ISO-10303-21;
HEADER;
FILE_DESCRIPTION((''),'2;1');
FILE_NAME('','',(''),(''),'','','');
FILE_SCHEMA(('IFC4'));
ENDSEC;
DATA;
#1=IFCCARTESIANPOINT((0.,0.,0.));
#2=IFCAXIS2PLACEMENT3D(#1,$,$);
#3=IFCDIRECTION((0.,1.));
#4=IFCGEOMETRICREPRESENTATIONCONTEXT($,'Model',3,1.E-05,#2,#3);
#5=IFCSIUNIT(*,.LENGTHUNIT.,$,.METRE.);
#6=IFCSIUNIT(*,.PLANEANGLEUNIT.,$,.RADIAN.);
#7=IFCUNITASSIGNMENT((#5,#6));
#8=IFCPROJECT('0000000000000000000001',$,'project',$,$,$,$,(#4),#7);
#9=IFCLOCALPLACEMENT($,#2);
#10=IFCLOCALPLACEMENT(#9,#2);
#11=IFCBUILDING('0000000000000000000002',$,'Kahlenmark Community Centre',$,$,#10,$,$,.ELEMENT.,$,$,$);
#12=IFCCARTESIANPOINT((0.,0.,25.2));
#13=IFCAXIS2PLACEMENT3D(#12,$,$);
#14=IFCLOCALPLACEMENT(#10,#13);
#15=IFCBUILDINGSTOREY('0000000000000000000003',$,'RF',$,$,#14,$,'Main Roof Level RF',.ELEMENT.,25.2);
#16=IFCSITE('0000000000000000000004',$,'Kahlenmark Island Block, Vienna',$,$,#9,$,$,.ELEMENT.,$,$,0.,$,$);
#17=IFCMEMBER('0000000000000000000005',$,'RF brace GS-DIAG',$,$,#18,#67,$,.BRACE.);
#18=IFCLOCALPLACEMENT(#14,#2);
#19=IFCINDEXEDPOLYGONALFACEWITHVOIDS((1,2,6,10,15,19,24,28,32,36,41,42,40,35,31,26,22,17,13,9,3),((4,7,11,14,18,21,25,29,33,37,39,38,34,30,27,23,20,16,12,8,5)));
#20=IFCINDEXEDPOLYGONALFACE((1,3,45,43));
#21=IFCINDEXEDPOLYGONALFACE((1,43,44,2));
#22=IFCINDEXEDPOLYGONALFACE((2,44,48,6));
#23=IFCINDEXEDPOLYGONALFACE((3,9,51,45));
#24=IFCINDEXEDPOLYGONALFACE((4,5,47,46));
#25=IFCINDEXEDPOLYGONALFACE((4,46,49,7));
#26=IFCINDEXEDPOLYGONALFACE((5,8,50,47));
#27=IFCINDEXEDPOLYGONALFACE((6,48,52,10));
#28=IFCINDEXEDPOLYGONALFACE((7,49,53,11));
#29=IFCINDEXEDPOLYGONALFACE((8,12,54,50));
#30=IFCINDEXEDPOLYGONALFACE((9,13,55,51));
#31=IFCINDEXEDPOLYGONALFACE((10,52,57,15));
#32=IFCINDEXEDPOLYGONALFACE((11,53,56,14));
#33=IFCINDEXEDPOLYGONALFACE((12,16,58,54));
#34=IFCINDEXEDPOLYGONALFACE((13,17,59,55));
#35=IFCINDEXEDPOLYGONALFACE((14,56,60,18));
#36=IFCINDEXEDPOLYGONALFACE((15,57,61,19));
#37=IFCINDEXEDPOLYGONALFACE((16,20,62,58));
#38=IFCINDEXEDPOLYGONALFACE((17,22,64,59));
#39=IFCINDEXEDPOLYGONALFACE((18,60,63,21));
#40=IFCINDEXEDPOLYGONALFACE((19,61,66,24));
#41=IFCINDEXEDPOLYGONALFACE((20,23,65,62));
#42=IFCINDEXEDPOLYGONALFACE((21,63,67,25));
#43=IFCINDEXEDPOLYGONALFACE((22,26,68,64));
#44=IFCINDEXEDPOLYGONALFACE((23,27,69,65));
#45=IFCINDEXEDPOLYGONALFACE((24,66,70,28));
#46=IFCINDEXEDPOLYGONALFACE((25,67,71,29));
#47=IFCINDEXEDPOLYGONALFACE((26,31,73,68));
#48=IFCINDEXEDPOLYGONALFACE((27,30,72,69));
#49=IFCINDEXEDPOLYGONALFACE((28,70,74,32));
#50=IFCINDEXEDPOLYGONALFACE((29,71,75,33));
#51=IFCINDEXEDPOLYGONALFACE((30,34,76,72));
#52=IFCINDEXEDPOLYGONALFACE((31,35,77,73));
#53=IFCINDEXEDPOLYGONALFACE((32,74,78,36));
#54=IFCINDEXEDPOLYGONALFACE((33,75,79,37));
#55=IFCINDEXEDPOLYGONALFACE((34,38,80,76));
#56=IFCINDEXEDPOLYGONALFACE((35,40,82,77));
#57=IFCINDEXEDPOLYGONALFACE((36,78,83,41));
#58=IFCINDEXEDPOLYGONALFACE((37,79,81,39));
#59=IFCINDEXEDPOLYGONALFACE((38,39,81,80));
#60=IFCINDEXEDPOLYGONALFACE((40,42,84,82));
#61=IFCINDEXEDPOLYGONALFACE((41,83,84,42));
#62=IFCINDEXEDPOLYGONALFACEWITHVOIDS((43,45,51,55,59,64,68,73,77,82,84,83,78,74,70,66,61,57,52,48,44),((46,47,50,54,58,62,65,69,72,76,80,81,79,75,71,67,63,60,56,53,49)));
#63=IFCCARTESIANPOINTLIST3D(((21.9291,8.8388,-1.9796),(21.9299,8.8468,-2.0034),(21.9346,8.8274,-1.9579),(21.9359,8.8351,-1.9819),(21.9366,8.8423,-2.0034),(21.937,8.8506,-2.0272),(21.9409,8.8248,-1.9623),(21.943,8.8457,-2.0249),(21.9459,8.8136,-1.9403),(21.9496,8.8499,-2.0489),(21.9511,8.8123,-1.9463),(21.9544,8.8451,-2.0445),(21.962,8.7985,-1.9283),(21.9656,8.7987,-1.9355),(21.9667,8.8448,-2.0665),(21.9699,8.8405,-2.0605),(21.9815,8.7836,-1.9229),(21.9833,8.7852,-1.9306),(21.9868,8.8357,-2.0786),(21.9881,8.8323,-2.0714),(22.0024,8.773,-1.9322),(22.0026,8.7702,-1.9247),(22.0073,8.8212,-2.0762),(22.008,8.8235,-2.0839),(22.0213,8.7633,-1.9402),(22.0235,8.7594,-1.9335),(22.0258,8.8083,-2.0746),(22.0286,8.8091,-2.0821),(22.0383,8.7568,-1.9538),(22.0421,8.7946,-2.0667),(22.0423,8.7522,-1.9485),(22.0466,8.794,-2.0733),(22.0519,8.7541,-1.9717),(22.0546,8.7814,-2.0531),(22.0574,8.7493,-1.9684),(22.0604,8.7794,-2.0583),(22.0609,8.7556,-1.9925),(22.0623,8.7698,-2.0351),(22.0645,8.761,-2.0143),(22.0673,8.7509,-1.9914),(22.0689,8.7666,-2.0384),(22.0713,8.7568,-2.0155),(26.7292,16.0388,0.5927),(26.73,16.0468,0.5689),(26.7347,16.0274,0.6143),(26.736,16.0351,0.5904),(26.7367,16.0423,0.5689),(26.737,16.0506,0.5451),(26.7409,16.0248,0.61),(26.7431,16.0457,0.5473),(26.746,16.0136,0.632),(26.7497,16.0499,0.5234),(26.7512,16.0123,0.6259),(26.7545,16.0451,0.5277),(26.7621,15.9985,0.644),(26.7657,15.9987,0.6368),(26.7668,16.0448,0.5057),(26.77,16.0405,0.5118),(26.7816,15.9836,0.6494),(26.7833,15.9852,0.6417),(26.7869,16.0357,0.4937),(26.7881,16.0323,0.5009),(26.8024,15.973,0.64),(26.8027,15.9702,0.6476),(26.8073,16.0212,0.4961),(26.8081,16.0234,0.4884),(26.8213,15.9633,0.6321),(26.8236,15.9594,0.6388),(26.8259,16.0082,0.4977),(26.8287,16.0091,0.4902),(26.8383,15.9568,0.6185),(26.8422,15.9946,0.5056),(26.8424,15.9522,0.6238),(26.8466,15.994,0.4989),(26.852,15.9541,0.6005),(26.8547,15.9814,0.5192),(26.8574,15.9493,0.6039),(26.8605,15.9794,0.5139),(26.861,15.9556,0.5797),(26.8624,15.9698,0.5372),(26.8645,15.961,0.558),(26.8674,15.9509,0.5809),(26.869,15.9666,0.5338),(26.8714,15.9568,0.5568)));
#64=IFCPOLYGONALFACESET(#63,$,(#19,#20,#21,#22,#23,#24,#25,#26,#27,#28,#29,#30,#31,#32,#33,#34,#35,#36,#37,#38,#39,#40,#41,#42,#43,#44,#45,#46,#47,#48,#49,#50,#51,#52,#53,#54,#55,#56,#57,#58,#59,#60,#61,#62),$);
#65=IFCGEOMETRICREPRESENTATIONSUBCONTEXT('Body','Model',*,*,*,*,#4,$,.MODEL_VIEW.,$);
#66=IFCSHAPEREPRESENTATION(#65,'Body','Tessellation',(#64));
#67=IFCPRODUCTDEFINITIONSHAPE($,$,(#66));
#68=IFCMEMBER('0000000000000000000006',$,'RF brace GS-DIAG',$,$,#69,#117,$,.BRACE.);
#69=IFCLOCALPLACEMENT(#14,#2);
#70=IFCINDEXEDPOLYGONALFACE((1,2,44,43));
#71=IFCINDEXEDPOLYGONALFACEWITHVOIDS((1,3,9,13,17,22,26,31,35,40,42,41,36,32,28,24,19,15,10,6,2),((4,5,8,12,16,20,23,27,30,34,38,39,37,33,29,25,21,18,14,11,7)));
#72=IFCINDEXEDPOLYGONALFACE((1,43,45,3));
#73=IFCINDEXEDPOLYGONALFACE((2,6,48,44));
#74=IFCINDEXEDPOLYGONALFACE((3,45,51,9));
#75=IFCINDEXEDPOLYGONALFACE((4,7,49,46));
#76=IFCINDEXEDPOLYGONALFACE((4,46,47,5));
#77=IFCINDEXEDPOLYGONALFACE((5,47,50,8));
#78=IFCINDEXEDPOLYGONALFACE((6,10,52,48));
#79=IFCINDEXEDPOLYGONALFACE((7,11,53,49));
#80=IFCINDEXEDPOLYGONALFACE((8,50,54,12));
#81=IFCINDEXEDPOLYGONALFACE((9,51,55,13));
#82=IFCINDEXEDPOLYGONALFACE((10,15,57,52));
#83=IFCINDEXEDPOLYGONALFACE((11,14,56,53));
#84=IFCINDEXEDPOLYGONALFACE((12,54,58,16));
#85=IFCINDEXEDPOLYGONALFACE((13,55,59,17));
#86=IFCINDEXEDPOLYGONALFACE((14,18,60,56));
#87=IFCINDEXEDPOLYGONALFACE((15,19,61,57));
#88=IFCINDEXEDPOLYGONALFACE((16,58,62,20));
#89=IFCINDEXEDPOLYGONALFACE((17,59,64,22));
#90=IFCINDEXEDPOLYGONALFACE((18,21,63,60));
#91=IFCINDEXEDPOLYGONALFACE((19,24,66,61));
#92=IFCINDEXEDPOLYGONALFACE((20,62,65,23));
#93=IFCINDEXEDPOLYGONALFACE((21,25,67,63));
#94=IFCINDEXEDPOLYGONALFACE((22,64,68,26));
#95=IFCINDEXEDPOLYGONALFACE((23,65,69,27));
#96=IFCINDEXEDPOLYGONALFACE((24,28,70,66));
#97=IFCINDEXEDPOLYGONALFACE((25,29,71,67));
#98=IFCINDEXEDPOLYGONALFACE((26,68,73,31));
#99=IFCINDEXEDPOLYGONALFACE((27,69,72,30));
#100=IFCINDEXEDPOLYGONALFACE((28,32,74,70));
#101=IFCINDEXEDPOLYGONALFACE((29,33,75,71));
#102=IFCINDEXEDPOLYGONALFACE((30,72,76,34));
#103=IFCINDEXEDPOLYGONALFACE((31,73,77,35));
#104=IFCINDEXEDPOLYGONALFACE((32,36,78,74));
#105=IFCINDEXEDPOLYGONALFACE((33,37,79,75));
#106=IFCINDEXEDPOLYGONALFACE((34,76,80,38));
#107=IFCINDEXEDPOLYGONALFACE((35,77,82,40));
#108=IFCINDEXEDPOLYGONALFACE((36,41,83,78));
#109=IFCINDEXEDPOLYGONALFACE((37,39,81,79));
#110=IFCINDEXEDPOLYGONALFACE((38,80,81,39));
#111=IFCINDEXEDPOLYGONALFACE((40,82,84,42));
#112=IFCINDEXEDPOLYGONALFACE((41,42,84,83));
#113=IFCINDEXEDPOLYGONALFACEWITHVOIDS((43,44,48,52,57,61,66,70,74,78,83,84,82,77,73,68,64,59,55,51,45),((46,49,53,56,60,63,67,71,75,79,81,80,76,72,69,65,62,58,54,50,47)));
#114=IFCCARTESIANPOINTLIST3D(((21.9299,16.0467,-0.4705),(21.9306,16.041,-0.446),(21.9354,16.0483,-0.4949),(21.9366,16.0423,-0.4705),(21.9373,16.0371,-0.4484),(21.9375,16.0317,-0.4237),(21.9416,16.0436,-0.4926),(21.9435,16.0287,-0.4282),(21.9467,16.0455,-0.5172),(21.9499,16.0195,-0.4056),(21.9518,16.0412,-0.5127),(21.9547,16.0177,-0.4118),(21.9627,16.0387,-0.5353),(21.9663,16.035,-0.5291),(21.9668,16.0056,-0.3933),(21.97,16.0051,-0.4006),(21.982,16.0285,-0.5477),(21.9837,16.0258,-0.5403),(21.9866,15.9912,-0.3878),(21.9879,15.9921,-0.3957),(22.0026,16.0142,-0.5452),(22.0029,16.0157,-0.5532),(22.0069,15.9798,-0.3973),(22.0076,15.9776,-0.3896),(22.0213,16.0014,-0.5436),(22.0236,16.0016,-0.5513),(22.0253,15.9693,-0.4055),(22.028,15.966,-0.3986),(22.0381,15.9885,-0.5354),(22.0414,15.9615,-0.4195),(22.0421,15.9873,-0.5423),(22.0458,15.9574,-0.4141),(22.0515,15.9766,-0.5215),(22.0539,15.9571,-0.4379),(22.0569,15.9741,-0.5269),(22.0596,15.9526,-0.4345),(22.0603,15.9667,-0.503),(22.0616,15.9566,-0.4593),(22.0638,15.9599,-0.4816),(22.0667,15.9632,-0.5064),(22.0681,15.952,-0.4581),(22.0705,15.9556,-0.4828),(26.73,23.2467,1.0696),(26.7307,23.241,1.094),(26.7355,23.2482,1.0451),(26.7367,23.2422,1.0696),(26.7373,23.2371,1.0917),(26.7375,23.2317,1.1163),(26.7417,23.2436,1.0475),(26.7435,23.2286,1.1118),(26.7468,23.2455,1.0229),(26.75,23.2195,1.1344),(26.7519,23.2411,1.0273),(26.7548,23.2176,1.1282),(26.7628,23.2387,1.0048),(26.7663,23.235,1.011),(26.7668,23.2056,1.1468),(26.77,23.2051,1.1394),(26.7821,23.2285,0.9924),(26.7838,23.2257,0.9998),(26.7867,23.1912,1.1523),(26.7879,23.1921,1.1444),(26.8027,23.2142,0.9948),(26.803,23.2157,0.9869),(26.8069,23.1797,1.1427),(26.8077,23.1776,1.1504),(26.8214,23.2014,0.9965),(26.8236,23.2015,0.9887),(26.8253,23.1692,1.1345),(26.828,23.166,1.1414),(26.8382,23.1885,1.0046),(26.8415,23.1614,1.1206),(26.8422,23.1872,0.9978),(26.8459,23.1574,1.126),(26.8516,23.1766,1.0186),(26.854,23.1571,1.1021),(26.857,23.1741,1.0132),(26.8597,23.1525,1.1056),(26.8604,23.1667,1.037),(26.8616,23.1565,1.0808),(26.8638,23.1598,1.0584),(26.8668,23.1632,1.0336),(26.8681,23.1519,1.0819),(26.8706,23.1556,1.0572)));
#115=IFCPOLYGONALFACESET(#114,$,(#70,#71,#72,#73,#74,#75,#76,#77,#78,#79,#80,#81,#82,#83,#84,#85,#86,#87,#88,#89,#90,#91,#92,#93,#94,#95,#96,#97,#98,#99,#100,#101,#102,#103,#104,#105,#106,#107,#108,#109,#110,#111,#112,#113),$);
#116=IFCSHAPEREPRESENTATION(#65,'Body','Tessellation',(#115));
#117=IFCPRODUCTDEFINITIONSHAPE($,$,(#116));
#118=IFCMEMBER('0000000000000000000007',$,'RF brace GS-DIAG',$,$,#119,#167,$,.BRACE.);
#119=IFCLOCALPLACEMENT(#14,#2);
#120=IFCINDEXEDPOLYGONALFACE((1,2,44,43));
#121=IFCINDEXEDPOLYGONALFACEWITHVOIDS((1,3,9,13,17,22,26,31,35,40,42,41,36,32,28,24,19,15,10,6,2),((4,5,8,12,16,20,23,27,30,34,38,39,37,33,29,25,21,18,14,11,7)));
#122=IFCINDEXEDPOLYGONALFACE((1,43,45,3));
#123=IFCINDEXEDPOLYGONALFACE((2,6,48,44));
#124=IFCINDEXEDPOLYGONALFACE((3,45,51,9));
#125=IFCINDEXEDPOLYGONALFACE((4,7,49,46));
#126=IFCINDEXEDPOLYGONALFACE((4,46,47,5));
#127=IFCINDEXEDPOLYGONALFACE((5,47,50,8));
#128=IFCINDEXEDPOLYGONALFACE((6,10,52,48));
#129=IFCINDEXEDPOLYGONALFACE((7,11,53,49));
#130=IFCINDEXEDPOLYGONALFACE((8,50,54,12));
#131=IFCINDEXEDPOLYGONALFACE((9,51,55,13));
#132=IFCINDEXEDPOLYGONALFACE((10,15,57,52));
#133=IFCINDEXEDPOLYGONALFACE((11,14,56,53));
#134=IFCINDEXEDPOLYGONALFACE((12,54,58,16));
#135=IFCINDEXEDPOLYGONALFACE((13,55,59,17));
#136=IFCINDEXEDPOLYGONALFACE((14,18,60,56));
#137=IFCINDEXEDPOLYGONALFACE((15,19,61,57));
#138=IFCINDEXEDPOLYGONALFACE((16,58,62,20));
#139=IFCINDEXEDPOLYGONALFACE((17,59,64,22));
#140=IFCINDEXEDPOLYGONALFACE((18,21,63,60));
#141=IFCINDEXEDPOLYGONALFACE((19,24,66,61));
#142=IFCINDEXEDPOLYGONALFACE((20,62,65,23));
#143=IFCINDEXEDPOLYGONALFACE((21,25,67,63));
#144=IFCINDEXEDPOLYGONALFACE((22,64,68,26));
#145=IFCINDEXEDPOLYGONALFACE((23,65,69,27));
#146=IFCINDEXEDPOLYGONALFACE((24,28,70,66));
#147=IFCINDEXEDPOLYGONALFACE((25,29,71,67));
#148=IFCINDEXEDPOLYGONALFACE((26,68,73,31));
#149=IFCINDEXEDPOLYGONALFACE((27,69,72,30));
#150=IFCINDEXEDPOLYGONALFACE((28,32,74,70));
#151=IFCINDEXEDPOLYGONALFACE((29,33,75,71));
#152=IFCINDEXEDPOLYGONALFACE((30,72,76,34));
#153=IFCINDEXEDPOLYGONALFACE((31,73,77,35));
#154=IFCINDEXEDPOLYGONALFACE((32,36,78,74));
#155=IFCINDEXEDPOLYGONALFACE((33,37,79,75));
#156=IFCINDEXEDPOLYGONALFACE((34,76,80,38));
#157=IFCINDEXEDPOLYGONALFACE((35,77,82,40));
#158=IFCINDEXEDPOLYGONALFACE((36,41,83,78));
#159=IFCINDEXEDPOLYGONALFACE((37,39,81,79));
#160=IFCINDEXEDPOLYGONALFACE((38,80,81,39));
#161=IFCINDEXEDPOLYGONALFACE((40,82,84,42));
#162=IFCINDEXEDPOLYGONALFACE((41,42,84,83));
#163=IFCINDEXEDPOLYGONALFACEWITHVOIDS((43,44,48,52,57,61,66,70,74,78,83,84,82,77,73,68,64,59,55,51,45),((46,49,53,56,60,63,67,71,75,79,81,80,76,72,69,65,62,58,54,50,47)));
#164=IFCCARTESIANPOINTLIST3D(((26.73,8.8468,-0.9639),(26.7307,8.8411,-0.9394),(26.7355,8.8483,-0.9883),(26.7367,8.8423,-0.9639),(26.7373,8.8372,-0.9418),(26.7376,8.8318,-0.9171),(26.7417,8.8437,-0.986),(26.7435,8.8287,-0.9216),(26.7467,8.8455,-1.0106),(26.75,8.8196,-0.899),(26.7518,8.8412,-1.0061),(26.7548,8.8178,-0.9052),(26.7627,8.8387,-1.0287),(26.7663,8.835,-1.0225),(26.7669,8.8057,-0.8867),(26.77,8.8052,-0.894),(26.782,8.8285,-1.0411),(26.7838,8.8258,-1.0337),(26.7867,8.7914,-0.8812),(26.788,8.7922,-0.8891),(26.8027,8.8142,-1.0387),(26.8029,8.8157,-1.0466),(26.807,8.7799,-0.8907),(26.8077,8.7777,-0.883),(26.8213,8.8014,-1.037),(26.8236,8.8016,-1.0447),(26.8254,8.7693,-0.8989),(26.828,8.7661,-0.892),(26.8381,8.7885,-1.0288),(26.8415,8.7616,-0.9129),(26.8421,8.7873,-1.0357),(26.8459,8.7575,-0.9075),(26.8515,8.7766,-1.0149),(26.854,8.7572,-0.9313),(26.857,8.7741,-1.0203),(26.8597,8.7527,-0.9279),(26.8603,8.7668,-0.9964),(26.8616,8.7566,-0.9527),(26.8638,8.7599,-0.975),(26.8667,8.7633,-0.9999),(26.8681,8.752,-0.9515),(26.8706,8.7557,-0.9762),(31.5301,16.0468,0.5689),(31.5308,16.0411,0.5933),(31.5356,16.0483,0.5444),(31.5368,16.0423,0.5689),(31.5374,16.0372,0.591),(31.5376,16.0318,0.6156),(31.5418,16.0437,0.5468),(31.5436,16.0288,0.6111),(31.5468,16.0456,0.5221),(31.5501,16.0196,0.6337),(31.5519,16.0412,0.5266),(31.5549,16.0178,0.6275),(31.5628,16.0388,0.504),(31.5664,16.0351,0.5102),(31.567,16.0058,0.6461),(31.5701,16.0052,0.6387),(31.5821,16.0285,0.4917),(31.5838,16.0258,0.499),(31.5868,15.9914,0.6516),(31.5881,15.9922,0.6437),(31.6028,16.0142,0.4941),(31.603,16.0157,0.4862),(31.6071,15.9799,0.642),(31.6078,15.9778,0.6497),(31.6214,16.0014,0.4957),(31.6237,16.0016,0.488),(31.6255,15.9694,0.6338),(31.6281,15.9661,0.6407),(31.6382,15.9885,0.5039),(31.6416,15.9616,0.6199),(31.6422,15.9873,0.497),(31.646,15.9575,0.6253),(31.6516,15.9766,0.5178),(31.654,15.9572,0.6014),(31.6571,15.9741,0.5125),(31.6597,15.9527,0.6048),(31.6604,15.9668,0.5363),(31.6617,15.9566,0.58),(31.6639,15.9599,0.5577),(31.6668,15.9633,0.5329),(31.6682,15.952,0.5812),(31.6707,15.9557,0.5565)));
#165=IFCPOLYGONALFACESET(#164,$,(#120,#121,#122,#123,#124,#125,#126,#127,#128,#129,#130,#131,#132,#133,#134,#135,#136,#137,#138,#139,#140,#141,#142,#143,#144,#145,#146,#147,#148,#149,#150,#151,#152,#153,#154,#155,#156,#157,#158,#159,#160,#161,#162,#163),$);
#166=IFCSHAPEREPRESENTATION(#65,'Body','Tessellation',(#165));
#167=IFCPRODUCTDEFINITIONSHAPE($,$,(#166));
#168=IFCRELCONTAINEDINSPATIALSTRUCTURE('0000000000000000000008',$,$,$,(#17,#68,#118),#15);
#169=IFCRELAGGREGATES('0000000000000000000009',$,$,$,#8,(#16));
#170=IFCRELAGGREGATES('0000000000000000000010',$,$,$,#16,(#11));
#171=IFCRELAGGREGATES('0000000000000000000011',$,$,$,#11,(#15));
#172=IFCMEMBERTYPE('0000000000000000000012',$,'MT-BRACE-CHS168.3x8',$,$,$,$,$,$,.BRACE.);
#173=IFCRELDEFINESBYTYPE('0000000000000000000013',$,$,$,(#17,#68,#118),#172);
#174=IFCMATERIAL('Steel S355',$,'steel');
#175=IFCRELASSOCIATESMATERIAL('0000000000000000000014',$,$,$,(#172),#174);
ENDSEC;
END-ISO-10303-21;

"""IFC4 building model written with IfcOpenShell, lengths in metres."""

from ifc_helpers import new_model, si_unit, direction, frame, origin, origin_2d, place, context, subcontext, project, spatial, hollow_circle, extrude, material, material_profile, profile_set, type_object, element, save


model = new_model("IFC4")

# Units and contexts
model_context = context("Model", 3, precision=1e-05, world=origin(), true_north=direction((0.0, 1.0)))
body_context = subcontext(model_context, "Body", "Model", "MODEL_VIEW")
ifc_project = project(units=[si_unit("LENGTHUNIT", "METRE"), si_unit("PLANEANGLEUNIT", "RADIAN")], contexts=[model_context])

# Site, building, storey
site_placement = place(None, origin())
site = spatial("IfcSite", under=ifc_project, at=site_placement, Name="Kahlenmark Island Block, Vienna", CompositionType="ELEMENT", RefElevation=0.0)
building_placement = place(site_placement, origin())
building = spatial("IfcBuilding", under=site, at=building_placement, Name="Kahlenmark Community Centre", CompositionType="ELEMENT")
storey_placement = place(building_placement, frame((0.0, 0.0, 25.2)))
storey = spatial("IfcBuildingStorey", under=building, at=storey_placement, Name="RF", LongName="Main Roof Level RF", CompositionType="ELEMENT", Elevation=25.2)

# Members
ifc_material_1 = material(Name="Steel S355", Category="steel")
ifc_material_profile_1 = material_profile(ifc_material_1, hollow_circle(Radius=0.0842, WallThickness=0.0081, at=origin_2d()), Name="CHS 168.3x8")
ifc_profile_set_1 = profile_set([ifc_material_profile_1], Name="Steel S355")
member_type_1 = type_object("IfcMemberType", Name="MT-BRACE-CHS168.3x8", PredefinedType="BRACE", material=ifc_profile_set_1)
member_1_placement = place(storey_placement, frame((22.0, 8.8, -2.0034), z_axis=(0.531712, 0.797555, 0.284936), x_axis=(-0.832046, 0.554707, 0.0)))
element("IfcMember", 1, at=member_1_placement, inside=storey, type_object=member_type_1, Name="RF brace GS-DIAG", PredefinedType="BRACE", context=body_context, shape_type="SweptSolid", body=[
    extrude(hollow_circle(Radius=0.0842, WallThickness=0.0081, at=origin_2d()), origin(), (0.0, 0.0, 1.0), 9.0276),
])
member_2_placement = place(storey_placement, frame((22.0, 16.0, -0.4705), z_axis=(0.546125, 0.819174, 0.175218), x_axis=(-0.832046, 0.554707, 0.0)))
element("IfcMember", 2, at=member_2_placement, inside=storey, type_object=member_type_1, Name="RF brace GS-DIAG", PredefinedType="BRACE", context=body_context, shape_type="SweptSolid", body=[
    extrude(hollow_circle(Radius=0.0842, WallThickness=0.0081, at=origin_2d()), origin(), (0.0, 0.0, 1.0), 8.7893),
])
member_3_placement = place(storey_placement, frame((26.8, 8.8, -0.9639), z_axis=(0.546205, 0.819293, 0.17441), x_axis=(-0.832046, 0.554707, 0.0)))
element("IfcMember", 3, at=member_3_placement, inside=storey, type_object=member_type_1, Name="RF brace GS-DIAG", PredefinedType="BRACE", context=body_context, shape_type="SweptSolid", body=[
    extrude(hollow_circle(Radius=0.0842, WallThickness=0.0081, at=origin_2d()), origin(), (0.0, 0.0, 1.0), 8.7881),
])

save(model, "model.ifc")
